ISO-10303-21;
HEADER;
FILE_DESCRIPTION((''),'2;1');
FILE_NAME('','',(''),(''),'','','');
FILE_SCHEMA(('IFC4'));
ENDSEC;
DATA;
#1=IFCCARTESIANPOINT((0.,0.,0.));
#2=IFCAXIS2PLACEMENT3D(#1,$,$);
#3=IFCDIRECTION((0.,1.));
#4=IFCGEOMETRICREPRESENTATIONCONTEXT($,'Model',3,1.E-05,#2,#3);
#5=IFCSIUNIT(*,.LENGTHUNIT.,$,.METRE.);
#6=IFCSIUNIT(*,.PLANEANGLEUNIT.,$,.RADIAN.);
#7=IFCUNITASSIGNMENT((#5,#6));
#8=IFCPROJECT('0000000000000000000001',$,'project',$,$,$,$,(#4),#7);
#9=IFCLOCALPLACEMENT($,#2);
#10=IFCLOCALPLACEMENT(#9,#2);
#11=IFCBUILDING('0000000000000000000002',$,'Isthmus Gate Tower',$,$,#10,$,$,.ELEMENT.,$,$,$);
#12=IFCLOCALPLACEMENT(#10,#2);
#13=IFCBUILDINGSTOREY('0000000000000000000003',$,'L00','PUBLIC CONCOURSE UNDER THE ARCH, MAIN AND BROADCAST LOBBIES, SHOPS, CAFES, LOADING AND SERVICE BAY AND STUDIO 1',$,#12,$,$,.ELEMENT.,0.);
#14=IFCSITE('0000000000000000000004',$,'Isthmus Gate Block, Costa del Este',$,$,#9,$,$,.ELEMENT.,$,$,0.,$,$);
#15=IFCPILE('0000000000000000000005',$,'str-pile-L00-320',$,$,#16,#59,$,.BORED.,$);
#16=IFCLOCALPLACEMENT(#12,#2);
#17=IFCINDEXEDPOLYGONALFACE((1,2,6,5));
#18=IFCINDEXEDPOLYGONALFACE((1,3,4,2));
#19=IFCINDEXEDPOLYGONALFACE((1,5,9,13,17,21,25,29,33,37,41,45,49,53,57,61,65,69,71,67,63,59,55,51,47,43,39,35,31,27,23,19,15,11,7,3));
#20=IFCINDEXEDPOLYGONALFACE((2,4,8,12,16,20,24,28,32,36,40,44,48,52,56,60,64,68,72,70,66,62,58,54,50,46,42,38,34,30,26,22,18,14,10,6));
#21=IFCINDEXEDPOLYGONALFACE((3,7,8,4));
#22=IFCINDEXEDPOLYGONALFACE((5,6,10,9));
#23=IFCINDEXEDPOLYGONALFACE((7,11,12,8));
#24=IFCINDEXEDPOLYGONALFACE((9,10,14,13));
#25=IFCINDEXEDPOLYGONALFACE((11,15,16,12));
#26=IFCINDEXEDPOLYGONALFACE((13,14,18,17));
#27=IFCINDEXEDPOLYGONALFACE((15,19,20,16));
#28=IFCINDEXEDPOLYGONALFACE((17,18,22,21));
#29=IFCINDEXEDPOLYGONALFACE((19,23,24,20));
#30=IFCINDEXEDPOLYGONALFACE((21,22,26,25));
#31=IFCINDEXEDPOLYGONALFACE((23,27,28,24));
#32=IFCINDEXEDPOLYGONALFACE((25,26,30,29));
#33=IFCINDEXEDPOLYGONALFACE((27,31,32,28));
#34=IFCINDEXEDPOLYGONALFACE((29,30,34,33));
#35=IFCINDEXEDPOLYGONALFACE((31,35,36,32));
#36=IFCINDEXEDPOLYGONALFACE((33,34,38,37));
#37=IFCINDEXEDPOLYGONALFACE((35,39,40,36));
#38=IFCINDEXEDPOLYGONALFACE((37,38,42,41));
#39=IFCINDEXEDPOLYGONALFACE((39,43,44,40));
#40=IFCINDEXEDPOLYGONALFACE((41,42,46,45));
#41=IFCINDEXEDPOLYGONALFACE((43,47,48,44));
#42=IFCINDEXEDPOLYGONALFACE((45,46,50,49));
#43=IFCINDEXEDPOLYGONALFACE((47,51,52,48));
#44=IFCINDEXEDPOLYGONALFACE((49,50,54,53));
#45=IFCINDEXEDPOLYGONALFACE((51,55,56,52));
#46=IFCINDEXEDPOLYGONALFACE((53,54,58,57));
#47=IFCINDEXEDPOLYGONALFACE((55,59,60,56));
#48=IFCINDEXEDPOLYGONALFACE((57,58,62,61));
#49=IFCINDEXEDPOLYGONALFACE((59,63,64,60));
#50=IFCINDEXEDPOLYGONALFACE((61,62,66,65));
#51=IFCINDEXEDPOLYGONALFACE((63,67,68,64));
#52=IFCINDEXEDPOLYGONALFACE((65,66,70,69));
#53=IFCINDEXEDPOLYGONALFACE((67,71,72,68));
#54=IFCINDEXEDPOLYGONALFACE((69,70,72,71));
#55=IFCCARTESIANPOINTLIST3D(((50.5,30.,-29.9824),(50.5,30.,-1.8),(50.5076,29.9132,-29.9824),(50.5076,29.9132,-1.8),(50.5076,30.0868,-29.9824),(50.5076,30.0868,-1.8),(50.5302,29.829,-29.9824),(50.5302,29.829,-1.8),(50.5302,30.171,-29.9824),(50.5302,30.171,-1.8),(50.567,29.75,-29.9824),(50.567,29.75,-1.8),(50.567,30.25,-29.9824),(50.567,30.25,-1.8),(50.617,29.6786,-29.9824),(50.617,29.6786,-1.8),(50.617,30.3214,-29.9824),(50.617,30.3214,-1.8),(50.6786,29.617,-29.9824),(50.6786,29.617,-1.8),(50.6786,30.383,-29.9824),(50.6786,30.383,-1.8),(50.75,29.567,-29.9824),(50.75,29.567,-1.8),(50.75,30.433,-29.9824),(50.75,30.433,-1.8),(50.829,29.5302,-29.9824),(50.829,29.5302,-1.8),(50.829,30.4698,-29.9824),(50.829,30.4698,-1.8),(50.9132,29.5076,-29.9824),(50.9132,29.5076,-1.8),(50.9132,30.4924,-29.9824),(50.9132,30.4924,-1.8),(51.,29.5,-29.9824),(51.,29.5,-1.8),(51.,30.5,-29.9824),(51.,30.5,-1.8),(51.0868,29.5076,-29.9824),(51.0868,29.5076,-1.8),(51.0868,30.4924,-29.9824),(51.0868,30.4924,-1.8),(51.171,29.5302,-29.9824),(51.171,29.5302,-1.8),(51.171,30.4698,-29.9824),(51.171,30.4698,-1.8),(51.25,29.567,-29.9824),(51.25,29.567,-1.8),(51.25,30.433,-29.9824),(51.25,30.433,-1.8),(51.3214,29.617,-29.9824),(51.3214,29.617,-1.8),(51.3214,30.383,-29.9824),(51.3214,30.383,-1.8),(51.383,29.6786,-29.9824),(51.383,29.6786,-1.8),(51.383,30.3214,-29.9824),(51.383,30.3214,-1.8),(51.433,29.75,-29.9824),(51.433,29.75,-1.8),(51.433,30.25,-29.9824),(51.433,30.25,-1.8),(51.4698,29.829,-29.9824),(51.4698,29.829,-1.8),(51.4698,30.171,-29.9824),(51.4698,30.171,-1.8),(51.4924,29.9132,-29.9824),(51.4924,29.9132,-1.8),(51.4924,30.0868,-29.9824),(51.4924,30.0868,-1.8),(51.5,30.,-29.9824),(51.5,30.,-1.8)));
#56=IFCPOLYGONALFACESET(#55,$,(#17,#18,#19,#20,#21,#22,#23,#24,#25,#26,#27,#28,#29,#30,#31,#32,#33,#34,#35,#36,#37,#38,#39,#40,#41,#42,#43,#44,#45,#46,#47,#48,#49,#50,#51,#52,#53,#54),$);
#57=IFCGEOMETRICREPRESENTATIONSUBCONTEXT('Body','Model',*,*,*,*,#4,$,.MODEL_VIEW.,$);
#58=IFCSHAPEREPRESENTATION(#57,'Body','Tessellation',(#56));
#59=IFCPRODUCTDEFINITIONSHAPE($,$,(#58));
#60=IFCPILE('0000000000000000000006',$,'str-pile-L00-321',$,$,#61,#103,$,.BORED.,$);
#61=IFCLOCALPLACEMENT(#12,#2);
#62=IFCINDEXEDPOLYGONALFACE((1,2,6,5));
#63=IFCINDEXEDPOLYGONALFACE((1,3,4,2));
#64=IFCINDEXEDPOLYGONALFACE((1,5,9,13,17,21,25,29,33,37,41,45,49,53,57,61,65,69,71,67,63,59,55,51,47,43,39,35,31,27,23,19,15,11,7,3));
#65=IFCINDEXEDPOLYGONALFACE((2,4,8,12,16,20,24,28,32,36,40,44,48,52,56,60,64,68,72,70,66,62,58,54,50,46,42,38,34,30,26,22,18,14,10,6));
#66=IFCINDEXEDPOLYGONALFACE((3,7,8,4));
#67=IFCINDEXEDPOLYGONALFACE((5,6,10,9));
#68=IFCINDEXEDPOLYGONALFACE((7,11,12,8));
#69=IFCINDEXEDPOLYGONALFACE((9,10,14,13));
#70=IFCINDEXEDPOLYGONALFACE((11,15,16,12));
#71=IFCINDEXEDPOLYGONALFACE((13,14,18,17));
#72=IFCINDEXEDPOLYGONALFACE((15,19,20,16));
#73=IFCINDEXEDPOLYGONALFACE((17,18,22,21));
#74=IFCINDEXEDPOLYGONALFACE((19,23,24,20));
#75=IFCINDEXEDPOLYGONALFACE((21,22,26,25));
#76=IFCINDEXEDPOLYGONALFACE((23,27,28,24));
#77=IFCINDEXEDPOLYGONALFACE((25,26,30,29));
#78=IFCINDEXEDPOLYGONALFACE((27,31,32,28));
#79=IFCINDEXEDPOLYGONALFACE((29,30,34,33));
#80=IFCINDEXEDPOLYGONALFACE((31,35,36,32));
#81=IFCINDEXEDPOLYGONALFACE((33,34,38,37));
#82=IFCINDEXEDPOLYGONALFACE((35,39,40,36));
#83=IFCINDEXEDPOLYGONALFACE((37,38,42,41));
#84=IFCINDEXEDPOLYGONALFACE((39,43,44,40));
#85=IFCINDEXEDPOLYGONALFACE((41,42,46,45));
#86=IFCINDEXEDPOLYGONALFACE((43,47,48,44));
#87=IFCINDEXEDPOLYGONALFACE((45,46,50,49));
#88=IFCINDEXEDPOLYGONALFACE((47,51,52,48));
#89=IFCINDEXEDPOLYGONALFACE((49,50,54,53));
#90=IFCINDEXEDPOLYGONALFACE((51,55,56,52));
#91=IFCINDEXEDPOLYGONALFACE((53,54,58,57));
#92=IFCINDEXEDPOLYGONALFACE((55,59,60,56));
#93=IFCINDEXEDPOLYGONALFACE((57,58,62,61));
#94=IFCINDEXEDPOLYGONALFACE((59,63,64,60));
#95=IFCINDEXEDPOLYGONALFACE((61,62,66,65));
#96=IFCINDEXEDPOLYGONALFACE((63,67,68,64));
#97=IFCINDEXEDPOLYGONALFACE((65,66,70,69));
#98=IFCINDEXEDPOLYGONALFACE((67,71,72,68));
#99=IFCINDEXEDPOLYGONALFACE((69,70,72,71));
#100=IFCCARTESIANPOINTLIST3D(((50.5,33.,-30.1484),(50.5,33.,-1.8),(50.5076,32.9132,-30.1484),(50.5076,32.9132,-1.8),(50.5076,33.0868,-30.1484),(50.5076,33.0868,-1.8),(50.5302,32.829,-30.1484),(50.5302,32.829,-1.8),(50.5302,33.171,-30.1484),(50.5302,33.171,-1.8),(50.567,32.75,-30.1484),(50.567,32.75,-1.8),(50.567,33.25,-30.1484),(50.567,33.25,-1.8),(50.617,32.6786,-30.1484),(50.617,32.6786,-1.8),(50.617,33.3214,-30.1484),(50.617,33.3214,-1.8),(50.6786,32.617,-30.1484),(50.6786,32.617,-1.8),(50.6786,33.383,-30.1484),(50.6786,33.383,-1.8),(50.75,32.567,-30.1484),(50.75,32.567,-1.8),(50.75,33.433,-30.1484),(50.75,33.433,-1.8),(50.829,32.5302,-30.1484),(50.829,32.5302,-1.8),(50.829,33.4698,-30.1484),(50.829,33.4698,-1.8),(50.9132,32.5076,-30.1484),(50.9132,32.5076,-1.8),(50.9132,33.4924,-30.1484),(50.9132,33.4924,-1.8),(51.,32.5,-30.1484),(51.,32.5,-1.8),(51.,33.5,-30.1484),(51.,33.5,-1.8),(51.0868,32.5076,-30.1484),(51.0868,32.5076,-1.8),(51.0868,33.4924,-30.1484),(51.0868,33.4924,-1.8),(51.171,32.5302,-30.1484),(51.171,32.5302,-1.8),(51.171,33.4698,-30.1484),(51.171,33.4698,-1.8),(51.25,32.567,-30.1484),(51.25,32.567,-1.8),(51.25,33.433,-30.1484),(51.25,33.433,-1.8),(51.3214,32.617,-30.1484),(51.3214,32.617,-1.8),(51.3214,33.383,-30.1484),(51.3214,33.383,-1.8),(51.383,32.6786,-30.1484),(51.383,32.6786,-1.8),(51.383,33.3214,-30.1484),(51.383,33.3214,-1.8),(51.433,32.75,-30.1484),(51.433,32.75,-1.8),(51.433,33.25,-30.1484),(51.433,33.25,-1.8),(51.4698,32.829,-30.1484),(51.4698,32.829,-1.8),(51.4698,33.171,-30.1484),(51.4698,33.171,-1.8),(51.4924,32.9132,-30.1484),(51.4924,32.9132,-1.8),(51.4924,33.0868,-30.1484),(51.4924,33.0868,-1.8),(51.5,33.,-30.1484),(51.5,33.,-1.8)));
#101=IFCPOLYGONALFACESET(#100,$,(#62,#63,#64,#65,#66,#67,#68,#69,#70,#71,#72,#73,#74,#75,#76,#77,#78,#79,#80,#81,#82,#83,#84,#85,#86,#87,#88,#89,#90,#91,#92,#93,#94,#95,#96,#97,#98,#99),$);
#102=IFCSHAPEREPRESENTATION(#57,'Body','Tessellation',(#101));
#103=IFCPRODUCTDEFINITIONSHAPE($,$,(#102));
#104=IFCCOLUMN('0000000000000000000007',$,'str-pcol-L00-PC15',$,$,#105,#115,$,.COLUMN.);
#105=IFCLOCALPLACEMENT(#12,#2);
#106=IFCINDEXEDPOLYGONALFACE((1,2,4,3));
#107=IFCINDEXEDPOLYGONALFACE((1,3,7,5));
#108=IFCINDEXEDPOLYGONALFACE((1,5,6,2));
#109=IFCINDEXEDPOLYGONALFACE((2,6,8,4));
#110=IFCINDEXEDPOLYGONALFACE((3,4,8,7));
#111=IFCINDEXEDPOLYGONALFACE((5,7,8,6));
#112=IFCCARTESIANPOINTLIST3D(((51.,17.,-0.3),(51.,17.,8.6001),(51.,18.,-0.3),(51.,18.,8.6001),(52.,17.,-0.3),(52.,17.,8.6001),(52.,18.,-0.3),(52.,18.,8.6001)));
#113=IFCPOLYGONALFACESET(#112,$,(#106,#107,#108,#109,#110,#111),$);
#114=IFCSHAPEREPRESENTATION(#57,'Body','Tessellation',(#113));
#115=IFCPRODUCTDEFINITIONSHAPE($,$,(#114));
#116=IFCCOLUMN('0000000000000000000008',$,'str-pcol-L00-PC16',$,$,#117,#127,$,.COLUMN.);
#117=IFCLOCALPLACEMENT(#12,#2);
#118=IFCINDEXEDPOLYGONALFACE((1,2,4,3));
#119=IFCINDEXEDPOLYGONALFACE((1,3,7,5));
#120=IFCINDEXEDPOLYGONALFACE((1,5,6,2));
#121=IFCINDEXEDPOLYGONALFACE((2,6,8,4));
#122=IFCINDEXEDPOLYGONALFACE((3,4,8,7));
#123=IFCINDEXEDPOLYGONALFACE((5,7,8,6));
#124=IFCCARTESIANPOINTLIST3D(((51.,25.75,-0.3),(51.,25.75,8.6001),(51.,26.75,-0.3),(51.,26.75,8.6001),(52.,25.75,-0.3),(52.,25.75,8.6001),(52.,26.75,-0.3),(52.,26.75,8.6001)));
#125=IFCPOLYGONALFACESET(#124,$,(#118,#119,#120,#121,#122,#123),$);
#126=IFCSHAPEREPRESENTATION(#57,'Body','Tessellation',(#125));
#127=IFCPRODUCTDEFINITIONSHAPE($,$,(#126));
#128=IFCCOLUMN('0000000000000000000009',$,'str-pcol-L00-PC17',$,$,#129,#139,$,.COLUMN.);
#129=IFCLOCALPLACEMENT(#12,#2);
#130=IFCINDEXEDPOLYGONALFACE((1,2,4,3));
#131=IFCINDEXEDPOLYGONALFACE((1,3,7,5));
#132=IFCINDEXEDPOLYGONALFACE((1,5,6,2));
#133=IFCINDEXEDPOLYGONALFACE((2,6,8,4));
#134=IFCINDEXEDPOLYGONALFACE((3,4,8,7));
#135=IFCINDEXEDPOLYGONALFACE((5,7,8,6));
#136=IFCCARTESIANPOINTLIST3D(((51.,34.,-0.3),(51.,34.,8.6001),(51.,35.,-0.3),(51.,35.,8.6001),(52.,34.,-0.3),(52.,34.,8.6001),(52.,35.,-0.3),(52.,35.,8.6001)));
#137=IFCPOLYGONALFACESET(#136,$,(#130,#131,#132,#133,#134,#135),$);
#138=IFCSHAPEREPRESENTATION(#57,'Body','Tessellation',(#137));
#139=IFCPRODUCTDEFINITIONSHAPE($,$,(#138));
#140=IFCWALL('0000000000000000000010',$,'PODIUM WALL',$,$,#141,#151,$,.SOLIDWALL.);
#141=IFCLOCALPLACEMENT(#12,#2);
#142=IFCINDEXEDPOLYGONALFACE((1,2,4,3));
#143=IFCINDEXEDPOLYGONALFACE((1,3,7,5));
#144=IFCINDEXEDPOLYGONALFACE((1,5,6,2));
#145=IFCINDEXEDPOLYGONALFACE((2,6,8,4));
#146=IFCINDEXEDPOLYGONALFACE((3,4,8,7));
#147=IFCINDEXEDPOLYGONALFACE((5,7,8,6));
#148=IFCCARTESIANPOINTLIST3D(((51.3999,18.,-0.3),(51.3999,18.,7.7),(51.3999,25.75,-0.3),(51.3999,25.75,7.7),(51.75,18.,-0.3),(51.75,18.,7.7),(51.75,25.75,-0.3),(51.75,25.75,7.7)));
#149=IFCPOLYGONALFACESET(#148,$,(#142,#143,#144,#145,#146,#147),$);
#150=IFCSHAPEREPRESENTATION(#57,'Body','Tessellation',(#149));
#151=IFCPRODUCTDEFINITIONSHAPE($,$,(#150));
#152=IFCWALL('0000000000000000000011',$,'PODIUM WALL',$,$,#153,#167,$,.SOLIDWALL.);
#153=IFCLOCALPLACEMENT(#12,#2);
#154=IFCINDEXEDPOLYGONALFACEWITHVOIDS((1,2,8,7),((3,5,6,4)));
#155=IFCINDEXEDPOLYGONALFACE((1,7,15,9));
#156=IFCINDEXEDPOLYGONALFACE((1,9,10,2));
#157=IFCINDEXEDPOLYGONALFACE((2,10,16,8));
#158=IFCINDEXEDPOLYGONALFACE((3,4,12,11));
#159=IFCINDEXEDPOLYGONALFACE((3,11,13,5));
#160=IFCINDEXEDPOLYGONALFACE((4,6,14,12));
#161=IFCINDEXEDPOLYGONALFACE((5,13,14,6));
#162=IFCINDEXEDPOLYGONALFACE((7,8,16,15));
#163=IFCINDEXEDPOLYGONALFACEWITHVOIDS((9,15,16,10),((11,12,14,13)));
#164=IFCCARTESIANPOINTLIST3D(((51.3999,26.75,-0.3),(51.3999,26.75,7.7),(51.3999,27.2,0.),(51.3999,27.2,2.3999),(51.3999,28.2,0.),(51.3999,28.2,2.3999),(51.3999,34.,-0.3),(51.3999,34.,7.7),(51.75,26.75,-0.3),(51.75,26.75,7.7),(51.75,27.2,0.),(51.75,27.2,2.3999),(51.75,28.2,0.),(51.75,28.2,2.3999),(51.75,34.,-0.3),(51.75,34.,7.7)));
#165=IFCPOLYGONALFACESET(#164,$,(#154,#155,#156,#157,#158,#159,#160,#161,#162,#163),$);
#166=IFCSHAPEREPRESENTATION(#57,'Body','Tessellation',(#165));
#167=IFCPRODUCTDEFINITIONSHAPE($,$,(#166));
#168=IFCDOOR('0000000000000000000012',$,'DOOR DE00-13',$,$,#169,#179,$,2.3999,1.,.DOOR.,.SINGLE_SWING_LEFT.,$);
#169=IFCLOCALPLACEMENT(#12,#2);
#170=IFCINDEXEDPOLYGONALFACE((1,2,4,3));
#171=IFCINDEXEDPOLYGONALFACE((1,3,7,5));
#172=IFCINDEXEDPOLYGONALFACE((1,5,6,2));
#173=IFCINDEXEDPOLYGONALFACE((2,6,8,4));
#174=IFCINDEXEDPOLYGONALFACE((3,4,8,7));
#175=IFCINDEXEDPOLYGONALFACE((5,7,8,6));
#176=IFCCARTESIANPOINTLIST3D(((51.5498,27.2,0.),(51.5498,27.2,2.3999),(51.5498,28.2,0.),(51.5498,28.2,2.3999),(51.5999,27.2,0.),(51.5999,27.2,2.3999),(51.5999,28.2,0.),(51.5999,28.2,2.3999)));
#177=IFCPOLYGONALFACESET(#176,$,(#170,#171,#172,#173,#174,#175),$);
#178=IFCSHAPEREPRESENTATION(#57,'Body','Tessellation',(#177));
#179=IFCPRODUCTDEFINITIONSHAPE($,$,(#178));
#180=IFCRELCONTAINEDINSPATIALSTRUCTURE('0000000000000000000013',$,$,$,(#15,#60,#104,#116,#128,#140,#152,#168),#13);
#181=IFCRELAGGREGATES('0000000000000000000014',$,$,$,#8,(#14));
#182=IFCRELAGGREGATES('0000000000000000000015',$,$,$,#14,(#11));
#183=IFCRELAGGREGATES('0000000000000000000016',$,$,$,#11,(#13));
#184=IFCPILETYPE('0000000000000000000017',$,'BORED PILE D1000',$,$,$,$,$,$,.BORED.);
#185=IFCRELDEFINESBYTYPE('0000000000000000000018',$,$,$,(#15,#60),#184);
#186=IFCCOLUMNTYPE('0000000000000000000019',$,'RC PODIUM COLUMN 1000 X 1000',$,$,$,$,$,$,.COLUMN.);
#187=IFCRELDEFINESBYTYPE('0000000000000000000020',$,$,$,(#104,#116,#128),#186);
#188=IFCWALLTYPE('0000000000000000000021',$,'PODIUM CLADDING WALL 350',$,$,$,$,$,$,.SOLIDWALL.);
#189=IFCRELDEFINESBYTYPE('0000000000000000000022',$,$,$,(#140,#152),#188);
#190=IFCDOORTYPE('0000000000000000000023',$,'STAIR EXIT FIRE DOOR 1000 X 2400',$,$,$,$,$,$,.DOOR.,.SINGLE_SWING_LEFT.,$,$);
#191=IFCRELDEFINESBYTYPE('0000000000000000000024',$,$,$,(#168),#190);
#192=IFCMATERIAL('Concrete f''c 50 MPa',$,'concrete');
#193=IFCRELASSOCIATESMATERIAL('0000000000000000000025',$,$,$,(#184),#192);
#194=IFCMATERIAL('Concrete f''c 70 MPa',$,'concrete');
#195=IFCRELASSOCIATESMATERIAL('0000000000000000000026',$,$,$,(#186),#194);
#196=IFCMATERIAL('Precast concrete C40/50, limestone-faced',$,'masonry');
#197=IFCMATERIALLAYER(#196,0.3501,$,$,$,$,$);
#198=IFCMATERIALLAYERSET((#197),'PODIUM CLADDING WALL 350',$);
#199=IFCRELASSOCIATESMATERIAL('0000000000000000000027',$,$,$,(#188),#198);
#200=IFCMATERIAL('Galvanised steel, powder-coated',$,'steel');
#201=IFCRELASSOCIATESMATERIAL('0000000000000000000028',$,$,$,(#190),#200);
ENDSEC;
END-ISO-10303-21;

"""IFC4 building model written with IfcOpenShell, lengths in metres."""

from ifc_helpers import new_model, si_unit, direction, frame, frame_2d, origin, origin_2d, place, context, subcontext, project, spatial, rectangle, circle, extrude, material, layer, layer_set, material_profile, profile_set, type_object, element, fill, save


model = new_model("IFC4")

# Units and contexts
model_context = context("Model", 3, precision=1e-05, world=origin(), true_north=direction((0.0, 1.0)))
body_context = subcontext(model_context, "Body", "Model", "MODEL_VIEW")
ifc_project = project(units=[si_unit("LENGTHUNIT", "METRE"), si_unit("PLANEANGLEUNIT", "RADIAN")], contexts=[model_context])

# Site, building, storey
site_placement = place(None, origin())
site = spatial("IfcSite", under=ifc_project, at=site_placement, Name="Isthmus Gate Block, Costa del Este", CompositionType="ELEMENT", RefElevation=0.0)
building_placement = place(site_placement, origin())
building = spatial("IfcBuilding", under=site, at=building_placement, Name="Isthmus Gate Tower", CompositionType="ELEMENT")
storey_placement = place(building_placement, origin())
storey = spatial("IfcBuildingStorey", under=building, at=storey_placement, Name="L00", Description="PUBLIC CONCOURSE UNDER THE ARCH, MAIN AND BROADCAST LOBBIES, SHOPS, CAFES, LOADING AND SERVICE BAY AND STUDIO 1", CompositionType="ELEMENT", Elevation=0.0)

# Piles
ifc_material_1 = material(Name="Concrete f'c 50 MPa", Category="concrete")
ifc_material_profile_1 = material_profile(ifc_material_1, circle(Radius=0.5, at=origin_2d()), Name="D1000")
ifc_profile_set_1 = profile_set([ifc_material_profile_1], Name="Concrete f'c 50 MPa")
pile_type = type_object("IfcPileType", Name="BORED PILE D1000", PredefinedType="BORED", material=ifc_profile_set_1)
pile_1_placement = place(storey_placement, frame((51.0, 30.0, -1.8), z_axis=(0.0, 0.0, -1.0), x_axis=(1.0, 0.0, 0.0)))
element("IfcPile", 1, at=pile_1_placement, inside=storey, type_object=pile_type, Name="str-pile-L00-320", PredefinedType="BORED", context=body_context, shape_type="SweptSolid", body=[
    extrude(circle(Radius=0.5, at=origin_2d()), origin(), (0.0, 0.0, 1.0), 28.1824),
])
pile_2_placement = place(storey_placement, frame((51.0, 33.0, -1.8), z_axis=(0.0, 0.0, -1.0), x_axis=(1.0, 0.0, 0.0)))
element("IfcPile", 2, at=pile_2_placement, inside=storey, type_object=pile_type, Name="str-pile-L00-321", PredefinedType="BORED", context=body_context, shape_type="SweptSolid", body=[
    extrude(circle(Radius=0.5, at=origin_2d()), origin(), (0.0, 0.0, 1.0), 28.3484),
])

# Columns
ifc_material_2 = material(Name="Concrete f'c 70 MPa", Category="concrete")
ifc_material_profile_2 = material_profile(ifc_material_2, rectangle(XDim=1.0, YDim=1.0, at=origin_2d()), Name="RC 1000X1000")
ifc_profile_set_2 = profile_set([ifc_material_profile_2], Name="Concrete f'c 70 MPa")
column_type = type_object("IfcColumnType", Name="RC PODIUM COLUMN 1000 X 1000", PredefinedType="COLUMN", material=ifc_profile_set_2)
for number, where, z_axis, x_axis, name in (
    (3, (51.5, 17.5, -0.3), (0.0, 0.0, 1.0), (0.0, 1.0, 0.0), "str-pcol-L00-PC15"),
    (4, (51.5, 26.25, -0.3), (0.0, 0.0, 1.0), (0.0, 1.0, 0.0), "str-pcol-L00-PC16"),
    (5, (51.5, 34.5, -0.3), (0.0, 0.0, 1.0), (0.0, 1.0, 0.0), "str-pcol-L00-PC17"),
):
    element("IfcColumn", number, at=place(storey_placement, frame(where, z_axis=z_axis, x_axis=x_axis)), inside=storey, type_object=column_type, Name=name, PredefinedType="COLUMN", context=body_context, shape_type="SweptSolid", body=[
        extrude(rectangle(XDim=1.0, YDim=1.0, at=origin_2d()), origin(), (0.0, 0.0, 1.0), 8.9001),
    ])

# Wall
ifc_material_3 = material(Name="Precast concrete C40/50, limestone-faced", Category="masonry")
ifc_layer_1 = layer(ifc_material_3, 0.3501)
ifc_layer_set_1 = layer_set([ifc_layer_1], Name="PODIUM CLADDING WALL 350")
wall_type_1 = type_object("IfcWallType", Name="PODIUM CLADDING WALL 350", PredefinedType="SOLIDWALL", material=ifc_layer_set_1)
wall_1_placement = place(storey_placement, frame((51.575, 18.0, -0.3), z_axis=(0.0, 0.0, 1.0), x_axis=(0.0, 1.0, 0.0)))
element("IfcWall", 6, at=wall_1_placement, inside=storey, type_object=wall_type_1, Name="PODIUM WALL", PredefinedType="SOLIDWALL", context=body_context, shape_type="SweptSolid", body=[
    extrude(rectangle(XDim=7.75, YDim=0.3501, at=frame_2d((3.875, 0.0))), origin(), (0.0, 0.0, 1.0), 8.0),
])

# Wall, opening, door
wall_2_placement = place(storey_placement, frame((51.575, 26.75, -0.3), z_axis=(0.0, 0.0, 1.0), x_axis=(0.0, 1.0, 0.0)))
wall_2 = element("IfcWall", 7, at=wall_2_placement, inside=storey, type_object=wall_type_1, Name="PODIUM WALL", PredefinedType="SOLIDWALL", context=body_context, shape_type="SweptSolid", body=[
    extrude(rectangle(XDim=7.25, YDim=0.3501, at=frame_2d((3.625, 0.0))), origin(), (0.0, 0.0, 1.0), 8.0),
])
opening_1_placement = place(wall_2_placement, frame((0.45, 0.0, 0.3)))
opening_1 = element("IfcOpeningElement", 8, at=opening_1_placement, cuts=wall_2, PredefinedType="OPENING", context=body_context, shape_type="SweptSolid", body=[
    extrude(rectangle(XDim=1.0, YDim=2.3999, at=frame_2d((0.5, 1.2))), frame((0.0, 0.1851, 0.0), z_axis=(0.0, -1.0, 0.0), x_axis=(1.0, 0.0, 0.0)), (0.0, 0.0, 1.0), 0.3701),
])
ifc_material_4 = material(Name="Galvanised steel, powder-coated", Category="steel")
door_type_1 = type_object("IfcDoorType", Name="STAIR EXIT FIRE DOOR 1000 X 2400", OperationType="SINGLE_SWING_LEFT", PredefinedType="DOOR", material=ifc_material_4)
door_1_placement = place(opening_1_placement, frame((1.0, 0.0, 0.0), z_axis=(0.0, 0.0, 1.0), x_axis=(-1.0, 0.0, 0.0)))
door_1 = element("IfcDoor", 9, at=door_1_placement, inside=storey, type_object=door_type_1, Name="DOOR DE00-13", OperationType="SINGLE_SWING_LEFT", OverallHeight=2.3999, OverallWidth=1.0, PredefinedType="DOOR", context=body_context, shape_type="SweptSolid", body=[
    extrude(rectangle(XDim=1.0, YDim=2.3999, at=frame_2d((0.5, 1.2))), frame((0.0, 0.0249, 0.0), z_axis=(0.0, -1.0, 0.0), x_axis=(1.0, 0.0, 0.0)), (0.0, 0.0, 1.0), 0.05),
])
fill(opening_1, door_1)

save(model, "model.ifc")
